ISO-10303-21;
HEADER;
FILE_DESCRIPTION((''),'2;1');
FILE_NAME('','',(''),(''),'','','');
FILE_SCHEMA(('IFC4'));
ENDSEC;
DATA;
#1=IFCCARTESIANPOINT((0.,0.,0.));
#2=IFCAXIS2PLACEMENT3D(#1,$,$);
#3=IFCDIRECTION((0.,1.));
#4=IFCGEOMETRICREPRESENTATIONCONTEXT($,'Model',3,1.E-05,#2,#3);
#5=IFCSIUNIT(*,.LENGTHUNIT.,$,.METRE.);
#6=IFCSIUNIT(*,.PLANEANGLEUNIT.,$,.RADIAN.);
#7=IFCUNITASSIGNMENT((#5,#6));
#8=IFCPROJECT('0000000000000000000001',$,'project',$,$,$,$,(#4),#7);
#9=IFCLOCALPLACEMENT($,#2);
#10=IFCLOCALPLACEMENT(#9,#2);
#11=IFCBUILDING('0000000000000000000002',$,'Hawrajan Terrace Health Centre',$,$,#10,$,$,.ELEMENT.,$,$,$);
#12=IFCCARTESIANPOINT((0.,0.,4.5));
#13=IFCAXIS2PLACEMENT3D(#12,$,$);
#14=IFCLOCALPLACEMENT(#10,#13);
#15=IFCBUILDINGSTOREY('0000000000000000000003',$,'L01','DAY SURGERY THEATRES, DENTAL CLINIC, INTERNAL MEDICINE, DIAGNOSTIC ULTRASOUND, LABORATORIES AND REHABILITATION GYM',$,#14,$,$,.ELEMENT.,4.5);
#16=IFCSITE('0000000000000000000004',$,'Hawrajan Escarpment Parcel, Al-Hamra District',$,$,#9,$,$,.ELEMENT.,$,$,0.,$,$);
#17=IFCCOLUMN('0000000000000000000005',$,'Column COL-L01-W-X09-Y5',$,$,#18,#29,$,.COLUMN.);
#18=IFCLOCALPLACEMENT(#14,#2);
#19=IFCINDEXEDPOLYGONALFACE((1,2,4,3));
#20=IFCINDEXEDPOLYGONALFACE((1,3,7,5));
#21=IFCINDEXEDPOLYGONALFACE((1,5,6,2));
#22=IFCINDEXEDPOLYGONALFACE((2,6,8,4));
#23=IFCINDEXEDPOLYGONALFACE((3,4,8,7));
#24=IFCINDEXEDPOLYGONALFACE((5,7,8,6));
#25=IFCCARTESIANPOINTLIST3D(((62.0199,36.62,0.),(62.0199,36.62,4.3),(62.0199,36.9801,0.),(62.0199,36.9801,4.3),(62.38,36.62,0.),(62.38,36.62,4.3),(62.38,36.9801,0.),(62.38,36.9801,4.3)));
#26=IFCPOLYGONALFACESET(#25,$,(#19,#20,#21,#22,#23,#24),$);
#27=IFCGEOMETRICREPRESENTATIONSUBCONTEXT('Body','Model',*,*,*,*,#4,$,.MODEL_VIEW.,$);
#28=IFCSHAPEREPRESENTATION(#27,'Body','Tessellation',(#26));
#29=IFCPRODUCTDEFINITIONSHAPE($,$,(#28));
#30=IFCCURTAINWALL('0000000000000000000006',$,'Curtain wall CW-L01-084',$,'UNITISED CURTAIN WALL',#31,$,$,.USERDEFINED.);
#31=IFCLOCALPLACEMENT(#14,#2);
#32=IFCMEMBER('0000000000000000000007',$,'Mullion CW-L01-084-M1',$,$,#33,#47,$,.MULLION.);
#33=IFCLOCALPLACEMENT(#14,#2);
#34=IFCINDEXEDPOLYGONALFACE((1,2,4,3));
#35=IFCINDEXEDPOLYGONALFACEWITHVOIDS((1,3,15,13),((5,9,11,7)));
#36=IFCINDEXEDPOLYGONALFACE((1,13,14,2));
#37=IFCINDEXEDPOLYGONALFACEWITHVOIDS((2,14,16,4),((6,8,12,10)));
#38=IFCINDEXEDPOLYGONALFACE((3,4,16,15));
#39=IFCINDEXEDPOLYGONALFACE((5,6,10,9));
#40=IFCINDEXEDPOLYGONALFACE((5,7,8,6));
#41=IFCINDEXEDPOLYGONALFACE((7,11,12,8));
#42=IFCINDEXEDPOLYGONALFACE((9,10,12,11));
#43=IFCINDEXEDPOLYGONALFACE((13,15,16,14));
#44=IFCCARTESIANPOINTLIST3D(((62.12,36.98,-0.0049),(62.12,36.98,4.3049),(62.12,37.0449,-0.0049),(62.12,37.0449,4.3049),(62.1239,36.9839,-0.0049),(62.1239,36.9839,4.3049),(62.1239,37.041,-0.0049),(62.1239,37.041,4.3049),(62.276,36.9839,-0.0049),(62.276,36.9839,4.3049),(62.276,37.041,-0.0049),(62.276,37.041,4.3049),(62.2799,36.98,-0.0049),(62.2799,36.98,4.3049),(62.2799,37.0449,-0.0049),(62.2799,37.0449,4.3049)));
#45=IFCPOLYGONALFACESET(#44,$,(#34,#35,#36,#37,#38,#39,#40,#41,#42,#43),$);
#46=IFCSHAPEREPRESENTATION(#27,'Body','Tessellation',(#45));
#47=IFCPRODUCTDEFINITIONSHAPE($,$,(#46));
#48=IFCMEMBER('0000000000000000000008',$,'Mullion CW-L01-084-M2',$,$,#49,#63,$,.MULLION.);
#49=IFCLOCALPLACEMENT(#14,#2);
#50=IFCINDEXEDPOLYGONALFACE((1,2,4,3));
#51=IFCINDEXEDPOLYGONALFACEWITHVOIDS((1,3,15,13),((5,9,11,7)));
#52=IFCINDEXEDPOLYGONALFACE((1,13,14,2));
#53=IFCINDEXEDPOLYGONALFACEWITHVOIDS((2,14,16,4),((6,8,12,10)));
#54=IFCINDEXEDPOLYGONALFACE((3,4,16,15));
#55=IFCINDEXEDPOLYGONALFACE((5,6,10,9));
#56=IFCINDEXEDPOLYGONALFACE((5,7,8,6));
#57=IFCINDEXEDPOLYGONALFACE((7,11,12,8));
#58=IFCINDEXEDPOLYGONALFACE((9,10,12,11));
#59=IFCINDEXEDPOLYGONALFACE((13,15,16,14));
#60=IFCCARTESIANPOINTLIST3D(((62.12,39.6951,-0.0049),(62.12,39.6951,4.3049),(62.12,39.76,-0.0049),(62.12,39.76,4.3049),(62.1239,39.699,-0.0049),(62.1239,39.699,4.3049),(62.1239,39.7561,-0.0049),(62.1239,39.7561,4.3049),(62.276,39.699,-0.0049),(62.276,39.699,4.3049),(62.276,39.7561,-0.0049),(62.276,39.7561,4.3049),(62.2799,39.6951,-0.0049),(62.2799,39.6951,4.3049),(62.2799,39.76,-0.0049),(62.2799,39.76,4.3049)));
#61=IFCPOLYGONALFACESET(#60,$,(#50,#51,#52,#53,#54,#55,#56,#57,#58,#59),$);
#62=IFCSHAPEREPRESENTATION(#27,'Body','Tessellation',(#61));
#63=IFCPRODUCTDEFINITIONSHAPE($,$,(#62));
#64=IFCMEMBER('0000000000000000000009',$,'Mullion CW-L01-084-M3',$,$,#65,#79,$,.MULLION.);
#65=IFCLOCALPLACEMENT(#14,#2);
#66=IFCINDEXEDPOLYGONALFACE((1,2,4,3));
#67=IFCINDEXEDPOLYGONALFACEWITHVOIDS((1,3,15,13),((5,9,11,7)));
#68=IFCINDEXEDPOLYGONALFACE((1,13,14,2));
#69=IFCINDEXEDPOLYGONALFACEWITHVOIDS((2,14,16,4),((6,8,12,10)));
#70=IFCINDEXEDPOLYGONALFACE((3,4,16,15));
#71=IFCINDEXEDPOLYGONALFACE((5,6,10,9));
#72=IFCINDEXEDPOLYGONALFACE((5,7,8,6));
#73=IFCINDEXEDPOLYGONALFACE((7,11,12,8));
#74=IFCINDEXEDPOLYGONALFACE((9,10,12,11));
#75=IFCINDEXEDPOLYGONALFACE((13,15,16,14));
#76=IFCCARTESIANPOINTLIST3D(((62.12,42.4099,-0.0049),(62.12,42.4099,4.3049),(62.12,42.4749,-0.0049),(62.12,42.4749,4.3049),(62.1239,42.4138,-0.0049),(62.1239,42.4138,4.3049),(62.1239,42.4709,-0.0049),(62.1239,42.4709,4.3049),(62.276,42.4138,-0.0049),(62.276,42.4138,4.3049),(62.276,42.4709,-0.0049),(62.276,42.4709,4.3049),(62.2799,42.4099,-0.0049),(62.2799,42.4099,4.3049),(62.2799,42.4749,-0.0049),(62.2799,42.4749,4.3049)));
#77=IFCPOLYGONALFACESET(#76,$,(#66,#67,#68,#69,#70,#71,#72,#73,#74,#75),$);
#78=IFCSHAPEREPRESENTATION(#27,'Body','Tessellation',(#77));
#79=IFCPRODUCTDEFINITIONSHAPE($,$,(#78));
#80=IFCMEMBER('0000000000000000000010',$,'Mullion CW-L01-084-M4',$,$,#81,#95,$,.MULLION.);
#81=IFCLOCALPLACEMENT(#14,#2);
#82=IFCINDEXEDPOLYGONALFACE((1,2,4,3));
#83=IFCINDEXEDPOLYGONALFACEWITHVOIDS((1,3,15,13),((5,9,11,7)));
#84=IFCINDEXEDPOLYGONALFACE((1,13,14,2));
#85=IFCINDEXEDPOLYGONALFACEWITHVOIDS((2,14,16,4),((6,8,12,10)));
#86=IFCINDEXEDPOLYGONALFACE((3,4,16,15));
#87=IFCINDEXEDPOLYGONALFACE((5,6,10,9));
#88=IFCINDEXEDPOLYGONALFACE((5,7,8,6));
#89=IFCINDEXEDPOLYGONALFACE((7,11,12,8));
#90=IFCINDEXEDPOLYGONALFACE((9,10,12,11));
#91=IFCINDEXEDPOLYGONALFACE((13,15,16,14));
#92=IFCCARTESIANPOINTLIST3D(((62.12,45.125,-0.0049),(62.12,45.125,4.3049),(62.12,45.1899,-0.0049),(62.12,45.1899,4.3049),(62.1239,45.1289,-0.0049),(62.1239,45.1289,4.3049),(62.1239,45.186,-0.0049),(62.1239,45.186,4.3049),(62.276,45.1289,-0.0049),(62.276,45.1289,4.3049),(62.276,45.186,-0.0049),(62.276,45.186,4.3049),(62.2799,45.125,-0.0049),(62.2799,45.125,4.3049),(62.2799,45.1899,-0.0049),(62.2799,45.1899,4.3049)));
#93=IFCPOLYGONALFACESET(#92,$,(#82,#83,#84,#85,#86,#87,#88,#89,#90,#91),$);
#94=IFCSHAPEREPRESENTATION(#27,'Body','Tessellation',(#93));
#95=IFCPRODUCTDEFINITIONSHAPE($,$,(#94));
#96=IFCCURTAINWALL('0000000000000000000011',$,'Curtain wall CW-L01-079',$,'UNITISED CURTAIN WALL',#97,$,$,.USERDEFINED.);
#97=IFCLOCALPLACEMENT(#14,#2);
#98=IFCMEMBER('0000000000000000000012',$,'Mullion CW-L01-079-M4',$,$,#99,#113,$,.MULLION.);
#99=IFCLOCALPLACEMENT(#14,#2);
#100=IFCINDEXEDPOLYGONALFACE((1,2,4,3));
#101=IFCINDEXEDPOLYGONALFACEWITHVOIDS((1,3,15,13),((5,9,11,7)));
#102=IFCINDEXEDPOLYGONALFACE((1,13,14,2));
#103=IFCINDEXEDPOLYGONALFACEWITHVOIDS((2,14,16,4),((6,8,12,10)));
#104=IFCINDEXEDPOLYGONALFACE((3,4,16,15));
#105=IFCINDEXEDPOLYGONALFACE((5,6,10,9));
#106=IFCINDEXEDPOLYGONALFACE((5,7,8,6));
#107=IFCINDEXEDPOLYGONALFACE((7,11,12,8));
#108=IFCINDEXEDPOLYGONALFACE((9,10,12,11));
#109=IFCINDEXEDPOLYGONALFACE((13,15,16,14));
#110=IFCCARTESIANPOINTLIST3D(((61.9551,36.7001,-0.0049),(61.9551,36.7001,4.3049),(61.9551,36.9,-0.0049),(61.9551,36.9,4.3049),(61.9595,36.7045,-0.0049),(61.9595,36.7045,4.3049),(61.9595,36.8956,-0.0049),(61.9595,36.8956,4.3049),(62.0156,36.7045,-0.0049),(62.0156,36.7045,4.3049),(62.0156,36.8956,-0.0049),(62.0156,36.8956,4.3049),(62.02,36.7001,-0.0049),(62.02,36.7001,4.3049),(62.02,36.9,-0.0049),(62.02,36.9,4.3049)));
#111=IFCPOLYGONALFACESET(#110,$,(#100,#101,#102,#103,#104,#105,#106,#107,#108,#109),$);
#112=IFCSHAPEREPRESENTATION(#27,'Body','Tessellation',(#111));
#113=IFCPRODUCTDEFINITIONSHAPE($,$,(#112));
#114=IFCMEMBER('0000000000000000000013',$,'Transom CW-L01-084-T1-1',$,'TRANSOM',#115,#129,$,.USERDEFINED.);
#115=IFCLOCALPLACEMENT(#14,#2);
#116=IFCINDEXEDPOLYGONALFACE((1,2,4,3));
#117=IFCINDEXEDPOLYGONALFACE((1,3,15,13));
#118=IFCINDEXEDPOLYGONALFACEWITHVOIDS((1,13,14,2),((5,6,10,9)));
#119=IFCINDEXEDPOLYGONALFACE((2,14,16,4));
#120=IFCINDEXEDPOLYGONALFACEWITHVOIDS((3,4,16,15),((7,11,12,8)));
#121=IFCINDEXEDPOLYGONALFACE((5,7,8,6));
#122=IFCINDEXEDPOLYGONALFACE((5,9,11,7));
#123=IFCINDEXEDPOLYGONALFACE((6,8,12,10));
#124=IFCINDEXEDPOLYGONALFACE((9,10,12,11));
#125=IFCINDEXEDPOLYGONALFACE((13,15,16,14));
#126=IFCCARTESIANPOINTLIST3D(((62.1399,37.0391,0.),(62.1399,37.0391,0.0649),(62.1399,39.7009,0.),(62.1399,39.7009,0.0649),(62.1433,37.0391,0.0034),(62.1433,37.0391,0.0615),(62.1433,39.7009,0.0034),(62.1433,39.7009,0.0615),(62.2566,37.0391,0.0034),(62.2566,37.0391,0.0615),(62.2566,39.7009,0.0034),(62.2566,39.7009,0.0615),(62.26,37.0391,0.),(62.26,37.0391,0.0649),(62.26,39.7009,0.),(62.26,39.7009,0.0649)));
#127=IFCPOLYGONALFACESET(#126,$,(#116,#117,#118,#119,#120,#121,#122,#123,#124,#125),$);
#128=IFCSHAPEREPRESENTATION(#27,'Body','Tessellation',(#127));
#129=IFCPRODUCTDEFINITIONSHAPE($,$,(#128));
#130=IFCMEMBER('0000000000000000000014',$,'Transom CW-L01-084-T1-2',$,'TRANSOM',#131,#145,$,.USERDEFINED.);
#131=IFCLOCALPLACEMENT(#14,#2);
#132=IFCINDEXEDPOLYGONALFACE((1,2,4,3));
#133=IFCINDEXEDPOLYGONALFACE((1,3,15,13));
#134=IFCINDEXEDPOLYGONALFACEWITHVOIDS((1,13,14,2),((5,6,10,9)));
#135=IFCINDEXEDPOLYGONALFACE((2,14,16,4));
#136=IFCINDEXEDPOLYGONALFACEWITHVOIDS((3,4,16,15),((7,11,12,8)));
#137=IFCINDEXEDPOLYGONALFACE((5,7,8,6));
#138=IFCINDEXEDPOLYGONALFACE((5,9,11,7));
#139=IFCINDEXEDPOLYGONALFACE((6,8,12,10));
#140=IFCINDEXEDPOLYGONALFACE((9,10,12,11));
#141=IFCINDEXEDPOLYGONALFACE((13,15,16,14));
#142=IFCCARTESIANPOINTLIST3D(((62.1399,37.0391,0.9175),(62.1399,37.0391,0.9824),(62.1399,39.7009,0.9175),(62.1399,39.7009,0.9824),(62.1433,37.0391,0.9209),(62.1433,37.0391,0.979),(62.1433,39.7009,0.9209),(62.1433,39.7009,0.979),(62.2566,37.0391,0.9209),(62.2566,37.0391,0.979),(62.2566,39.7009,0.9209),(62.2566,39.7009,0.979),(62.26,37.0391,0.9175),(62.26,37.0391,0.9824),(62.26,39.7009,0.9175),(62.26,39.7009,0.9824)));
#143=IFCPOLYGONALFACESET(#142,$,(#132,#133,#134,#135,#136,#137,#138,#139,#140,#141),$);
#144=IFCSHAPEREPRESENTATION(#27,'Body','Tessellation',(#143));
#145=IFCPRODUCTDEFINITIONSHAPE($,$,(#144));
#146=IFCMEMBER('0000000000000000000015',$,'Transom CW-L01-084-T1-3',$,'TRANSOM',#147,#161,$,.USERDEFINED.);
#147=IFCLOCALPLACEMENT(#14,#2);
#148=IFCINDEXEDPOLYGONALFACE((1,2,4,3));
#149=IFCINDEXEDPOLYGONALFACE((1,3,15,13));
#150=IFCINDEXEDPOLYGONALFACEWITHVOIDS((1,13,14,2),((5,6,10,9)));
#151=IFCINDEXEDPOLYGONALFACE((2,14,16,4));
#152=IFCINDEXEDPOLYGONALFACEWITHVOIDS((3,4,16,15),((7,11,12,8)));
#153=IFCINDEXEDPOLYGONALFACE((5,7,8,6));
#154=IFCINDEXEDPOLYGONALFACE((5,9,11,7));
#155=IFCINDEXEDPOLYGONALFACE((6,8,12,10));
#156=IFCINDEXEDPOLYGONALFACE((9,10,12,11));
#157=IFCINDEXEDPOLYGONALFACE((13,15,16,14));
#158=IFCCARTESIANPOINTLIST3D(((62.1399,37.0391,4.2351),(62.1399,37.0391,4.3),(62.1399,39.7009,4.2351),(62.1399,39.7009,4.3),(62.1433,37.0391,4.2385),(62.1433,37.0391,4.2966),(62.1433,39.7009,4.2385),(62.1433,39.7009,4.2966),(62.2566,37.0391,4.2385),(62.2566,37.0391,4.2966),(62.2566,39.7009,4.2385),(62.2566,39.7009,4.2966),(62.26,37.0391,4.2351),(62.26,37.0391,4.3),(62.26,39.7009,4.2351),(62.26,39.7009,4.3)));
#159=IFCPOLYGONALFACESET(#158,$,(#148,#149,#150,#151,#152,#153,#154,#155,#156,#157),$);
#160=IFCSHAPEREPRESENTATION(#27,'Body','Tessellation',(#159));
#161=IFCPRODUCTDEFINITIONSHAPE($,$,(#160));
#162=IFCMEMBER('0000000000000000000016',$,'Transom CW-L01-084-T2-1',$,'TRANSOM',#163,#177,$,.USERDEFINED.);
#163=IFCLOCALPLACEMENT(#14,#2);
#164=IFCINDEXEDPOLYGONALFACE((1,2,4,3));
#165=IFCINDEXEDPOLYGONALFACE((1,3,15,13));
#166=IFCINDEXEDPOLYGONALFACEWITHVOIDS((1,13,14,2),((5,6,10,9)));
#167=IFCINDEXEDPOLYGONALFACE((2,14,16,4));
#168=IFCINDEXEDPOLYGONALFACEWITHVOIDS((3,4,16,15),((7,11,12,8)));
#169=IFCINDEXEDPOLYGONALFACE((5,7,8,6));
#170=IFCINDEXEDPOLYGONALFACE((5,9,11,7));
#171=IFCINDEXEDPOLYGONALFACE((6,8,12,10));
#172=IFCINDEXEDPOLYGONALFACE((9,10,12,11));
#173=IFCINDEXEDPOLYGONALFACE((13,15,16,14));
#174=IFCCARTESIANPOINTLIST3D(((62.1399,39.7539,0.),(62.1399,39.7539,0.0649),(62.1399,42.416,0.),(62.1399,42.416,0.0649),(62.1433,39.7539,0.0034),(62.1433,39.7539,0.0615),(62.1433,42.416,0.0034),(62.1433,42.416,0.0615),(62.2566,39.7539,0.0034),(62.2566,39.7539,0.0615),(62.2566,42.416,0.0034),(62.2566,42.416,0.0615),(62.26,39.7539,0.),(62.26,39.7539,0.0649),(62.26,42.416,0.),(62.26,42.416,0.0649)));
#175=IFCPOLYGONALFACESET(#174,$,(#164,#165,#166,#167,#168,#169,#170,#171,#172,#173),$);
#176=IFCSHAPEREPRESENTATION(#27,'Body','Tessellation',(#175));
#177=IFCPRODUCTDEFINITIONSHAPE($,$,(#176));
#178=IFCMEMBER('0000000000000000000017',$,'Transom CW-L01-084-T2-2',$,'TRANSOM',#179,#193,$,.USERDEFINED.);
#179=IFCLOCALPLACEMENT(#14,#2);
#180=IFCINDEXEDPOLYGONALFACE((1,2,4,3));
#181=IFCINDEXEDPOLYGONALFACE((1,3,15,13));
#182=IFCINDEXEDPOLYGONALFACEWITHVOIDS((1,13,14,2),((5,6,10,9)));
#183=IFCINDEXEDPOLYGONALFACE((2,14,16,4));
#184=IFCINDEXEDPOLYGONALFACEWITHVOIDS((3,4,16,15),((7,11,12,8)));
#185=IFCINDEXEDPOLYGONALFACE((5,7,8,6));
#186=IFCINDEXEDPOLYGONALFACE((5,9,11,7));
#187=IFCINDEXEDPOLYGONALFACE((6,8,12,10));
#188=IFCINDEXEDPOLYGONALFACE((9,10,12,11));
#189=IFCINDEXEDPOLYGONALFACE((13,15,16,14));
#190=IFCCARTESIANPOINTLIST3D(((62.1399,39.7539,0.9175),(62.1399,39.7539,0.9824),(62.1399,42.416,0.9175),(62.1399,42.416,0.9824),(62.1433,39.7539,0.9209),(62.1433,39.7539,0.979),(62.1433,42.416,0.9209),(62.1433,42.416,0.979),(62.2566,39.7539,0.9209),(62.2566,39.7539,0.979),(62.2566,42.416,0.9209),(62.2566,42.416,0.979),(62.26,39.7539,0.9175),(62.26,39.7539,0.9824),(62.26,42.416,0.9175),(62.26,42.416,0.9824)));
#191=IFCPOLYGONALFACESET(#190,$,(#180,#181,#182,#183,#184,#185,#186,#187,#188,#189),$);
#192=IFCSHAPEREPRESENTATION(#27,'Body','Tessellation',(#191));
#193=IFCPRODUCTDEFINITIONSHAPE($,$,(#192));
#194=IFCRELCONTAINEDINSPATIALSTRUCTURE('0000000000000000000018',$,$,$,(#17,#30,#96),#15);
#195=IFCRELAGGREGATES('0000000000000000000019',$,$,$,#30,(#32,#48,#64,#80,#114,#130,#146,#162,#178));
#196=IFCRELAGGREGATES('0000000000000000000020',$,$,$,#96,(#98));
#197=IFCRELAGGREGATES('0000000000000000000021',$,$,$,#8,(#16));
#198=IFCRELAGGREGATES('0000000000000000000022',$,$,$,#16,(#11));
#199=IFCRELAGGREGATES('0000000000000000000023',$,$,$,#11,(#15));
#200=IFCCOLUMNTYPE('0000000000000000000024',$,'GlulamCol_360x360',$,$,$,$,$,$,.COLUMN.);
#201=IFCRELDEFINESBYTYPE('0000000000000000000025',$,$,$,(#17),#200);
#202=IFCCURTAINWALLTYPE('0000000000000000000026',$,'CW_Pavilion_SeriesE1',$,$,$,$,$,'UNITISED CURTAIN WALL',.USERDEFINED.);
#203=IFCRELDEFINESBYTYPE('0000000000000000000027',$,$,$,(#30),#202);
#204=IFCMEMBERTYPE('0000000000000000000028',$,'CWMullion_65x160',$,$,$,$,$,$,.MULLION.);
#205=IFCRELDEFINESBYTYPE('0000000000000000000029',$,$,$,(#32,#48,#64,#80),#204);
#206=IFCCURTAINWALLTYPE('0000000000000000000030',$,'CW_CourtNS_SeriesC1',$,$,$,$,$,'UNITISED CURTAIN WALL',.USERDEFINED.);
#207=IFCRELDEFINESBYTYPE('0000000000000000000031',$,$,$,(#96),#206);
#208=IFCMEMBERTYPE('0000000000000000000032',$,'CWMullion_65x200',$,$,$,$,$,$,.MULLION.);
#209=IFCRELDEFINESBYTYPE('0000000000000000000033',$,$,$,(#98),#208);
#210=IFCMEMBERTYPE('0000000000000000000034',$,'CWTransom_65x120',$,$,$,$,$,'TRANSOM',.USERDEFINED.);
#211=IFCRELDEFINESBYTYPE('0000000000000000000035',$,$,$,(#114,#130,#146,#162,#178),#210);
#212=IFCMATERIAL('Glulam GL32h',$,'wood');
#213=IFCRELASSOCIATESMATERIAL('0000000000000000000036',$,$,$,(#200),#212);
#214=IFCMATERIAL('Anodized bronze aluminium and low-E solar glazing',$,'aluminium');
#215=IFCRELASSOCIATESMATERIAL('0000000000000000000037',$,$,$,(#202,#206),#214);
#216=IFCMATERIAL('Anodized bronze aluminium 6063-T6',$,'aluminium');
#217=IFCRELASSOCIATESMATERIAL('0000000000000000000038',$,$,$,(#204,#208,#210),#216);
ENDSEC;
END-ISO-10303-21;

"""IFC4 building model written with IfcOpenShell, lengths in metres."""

from ifc_helpers import new_model, si_unit, direction, frame, origin, origin_2d, place, context, subcontext, project, spatial, rectangle, hollow_rectangle, extrude, material, material_profile, profile_set, type_object, element, aggregate, save


model = new_model("IFC4")

# Units and contexts
model_context = context("Model", 3, precision=1e-05, world=origin(), true_north=direction((0.0, 1.0)))
body_context = subcontext(model_context, "Body", "Model", "MODEL_VIEW")
ifc_project = project(units=[si_unit("LENGTHUNIT", "METRE"), si_unit("PLANEANGLEUNIT", "RADIAN")], contexts=[model_context])

# Site, building, storey
site_placement = place(None, origin())
site = spatial("IfcSite", under=ifc_project, at=site_placement, Name="Hawrajan Escarpment Parcel, Al-Hamra District", CompositionType="ELEMENT", RefElevation=0.0)
building_placement = place(site_placement, origin())
building = spatial("IfcBuilding", under=site, at=building_placement, Name="Hawrajan Terrace Health Centre", CompositionType="ELEMENT")
storey_placement = place(building_placement, frame((0.0, 0.0, 4.5)))
storey = spatial("IfcBuildingStorey", under=building, at=storey_placement, Name="L01", Description="DAY SURGERY THEATRES, DENTAL CLINIC, INTERNAL MEDICINE, DIAGNOSTIC ULTRASOUND, LABORATORIES AND REHABILITATION GYM", CompositionType="ELEMENT", Elevation=4.5)

# Column
ifc_material_1 = material(Name="Glulam GL32h", Category="wood")
ifc_material_profile_1 = material_profile(ifc_material_1, rectangle(XDim=0.3601, YDim=0.3601, at=origin_2d()), Name="GL 360x360")
ifc_profile_set_1 = profile_set([ifc_material_profile_1], Name="Glulam GL32h")
column_type = type_object("IfcColumnType", Name="GlulamCol_360x360", PredefinedType="COLUMN", material=ifc_profile_set_1)
column_placement = place(storey_placement, frame((62.2, 36.8, 0.0), z_axis=(0.0, 0.0, 1.0), x_axis=(1.0, 0.0, 0.0)))
element("IfcColumn", 1, at=column_placement, inside=storey, type_object=column_type, Name="Column COL-L01-W-X09-Y5", PredefinedType="COLUMN", context=body_context, shape_type="SweptSolid", body=[
    extrude(rectangle(XDim=0.3601, YDim=0.3601, at=origin_2d()), origin(), (0.0, 0.0, 1.0), 4.3),
])

# Curtain wall, members
ifc_material_2 = material(Name="Anodized bronze aluminium and low-E solar glazing", Category="aluminium")
curtain_wall_type_1 = type_object("IfcCurtainWallType", Name="CW_Pavilion_SeriesE1", ElementType="UNITISED CURTAIN WALL", PredefinedType="USERDEFINED", material=ifc_material_2)
curtain_wall_1_placement = place(storey_placement, origin())
curtain_wall_1 = element("IfcCurtainWall", 2, at=curtain_wall_1_placement, inside=storey, type_object=curtain_wall_type_1, Name="Curtain wall CW-L01-084", ObjectType="UNITISED CURTAIN WALL", PredefinedType="USERDEFINED")
ifc_material_3 = material(Name="Anodized bronze aluminium 6063-T6", Category="aluminium")
ifc_material_profile_2 = material_profile(ifc_material_3, hollow_rectangle(XDim=0.0649, YDim=0.1599, WallThickness=0.0039, at=origin_2d()), Name="CW MUL 65x160")
ifc_profile_set_2 = profile_set([ifc_material_profile_2], Name="Anodized bronze aluminium 6063-T6")
member_type_1 = type_object("IfcMemberType", Name="CWMullion_65x160", PredefinedType="MULLION", material=ifc_profile_set_2)
member_1_placement = place(storey_placement, frame((62.2, 37.0125, -0.0049), z_axis=(0.0, 0.0, 1.0), x_axis=(0.0, 1.0, 0.0)))
member_1 = element("IfcMember", 3, at=member_1_placement, type_object=member_type_1, Name="Mullion CW-L01-084-M1", PredefinedType="MULLION", context=body_context, shape_type="SweptSolid", body=[
    extrude(hollow_rectangle(XDim=0.0649, YDim=0.1599, WallThickness=0.0039, at=origin_2d()), origin(), (0.0, 0.0, 1.0), 4.3098),
])
member_2_placement = place(storey_placement, frame((62.2, 39.7275, -0.0049), z_axis=(0.0, 0.0, 1.0), x_axis=(0.0, 1.0, 0.0)))
member_2 = element("IfcMember", 4, at=member_2_placement, type_object=member_type_1, Name="Mullion CW-L01-084-M2", PredefinedType="MULLION", context=body_context, shape_type="SweptSolid", body=[
    extrude(hollow_rectangle(XDim=0.0649, YDim=0.1599, WallThickness=0.0039, at=origin_2d()), origin(), (0.0, 0.0, 1.0), 4.3098),
])
member_3_placement = place(storey_placement, frame((62.2, 42.4424, -0.0049), z_axis=(0.0, 0.0, 1.0), x_axis=(0.0, 1.0, 0.0)))
member_3 = element("IfcMember", 5, at=member_3_placement, type_object=member_type_1, Name="Mullion CW-L01-084-M3", PredefinedType="MULLION", context=body_context, shape_type="SweptSolid", body=[
    extrude(hollow_rectangle(XDim=0.0649, YDim=0.1599, WallThickness=0.0039, at=origin_2d()), origin(), (0.0, 0.0, 1.0), 4.3098),
])
member_4_placement = place(storey_placement, frame((62.2, 45.1575, -0.0049), z_axis=(0.0, 0.0, 1.0), x_axis=(0.0, 1.0, 0.0)))
member_4 = element("IfcMember", 6, at=member_4_placement, type_object=member_type_1, Name="Mullion CW-L01-084-M4", PredefinedType="MULLION", context=body_context, shape_type="SweptSolid", body=[
    extrude(hollow_rectangle(XDim=0.0649, YDim=0.1599, WallThickness=0.0039, at=origin_2d()), origin(), (0.0, 0.0, 1.0), 4.3098),
])

# Curtain wall, member
curtain_wall_type_2 = type_object("IfcCurtainWallType", Name="CW_CourtNS_SeriesC1", ElementType="UNITISED CURTAIN WALL", PredefinedType="USERDEFINED", material=ifc_material_2)
curtain_wall_2_placement = place(storey_placement, origin())
curtain_wall_2 = element("IfcCurtainWall", 7, at=curtain_wall_2_placement, inside=storey, type_object=curtain_wall_type_2, Name="Curtain wall CW-L01-079", ObjectType="UNITISED CURTAIN WALL", PredefinedType="USERDEFINED")
ifc_material_profile_3 = material_profile(ifc_material_3, hollow_rectangle(XDim=0.0649, YDim=0.2, WallThickness=0.0044, at=origin_2d()), Name="CW MUL 65x200")
ifc_profile_set_3 = profile_set([ifc_material_profile_3], Name="Anodized bronze aluminium 6063-T6")
member_type_2 = type_object("IfcMemberType", Name="CWMullion_65x200", PredefinedType="MULLION", material=ifc_profile_set_3)
member_5_placement = place(storey_placement, frame((61.9875, 36.8, -0.0049), z_axis=(0.0, 0.0, 1.0), x_axis=(1.0, 0.0, 0.0)))
member_5 = element("IfcMember", 8, at=member_5_placement, type_object=member_type_2, Name="Mullion CW-L01-079-M4", PredefinedType="MULLION", context=body_context, shape_type="SweptSolid", body=[
    extrude(hollow_rectangle(XDim=0.0649, YDim=0.2, WallThickness=0.0044, at=origin_2d()), origin(), (0.0, 0.0, 1.0), 4.3098),
])

# Members
ifc_material_profile_4 = material_profile(ifc_material_3, hollow_rectangle(XDim=0.0649, YDim=0.1201, WallThickness=0.0034, at=origin_2d()), Name="CW TRN 65x120")
ifc_profile_set_4 = profile_set([ifc_material_profile_4], Name="Anodized bronze aluminium 6063-T6")
member_type_3 = type_object("IfcMemberType", Name="CWTransom_65x120", ElementType="TRANSOM", PredefinedType="USERDEFINED", material=ifc_profile_set_4)
member_6_placement = place(storey_placement, frame((62.2, 37.0391, 0.0325), z_axis=(0.0, 1.0, 0.0), x_axis=(0.0, 0.0, 1.0)))
member_6 = element("IfcMember", 9, at=member_6_placement, type_object=member_type_3, Name="Transom CW-L01-084-T1-1", ObjectType="TRANSOM", PredefinedType="USERDEFINED", context=body_context, shape_type="SweptSolid", body=[
    extrude(hollow_rectangle(XDim=0.0649, YDim=0.1201, WallThickness=0.0034, at=origin_2d()), origin(), (0.0, 0.0, 1.0), 2.6619),
])
member_7_placement = place(storey_placement, frame((62.2, 37.0391, 0.95), z_axis=(0.0, 1.0, 0.0), x_axis=(0.0, 0.0, 1.0)))
member_7 = element("IfcMember", 10, at=member_7_placement, type_object=member_type_3, Name="Transom CW-L01-084-T1-2", ObjectType="TRANSOM", PredefinedType="USERDEFINED", context=body_context, shape_type="SweptSolid", body=[
    extrude(hollow_rectangle(XDim=0.0649, YDim=0.1201, WallThickness=0.0034, at=origin_2d()), origin(), (0.0, 0.0, 1.0), 2.6619),
])
member_8_placement = place(storey_placement, frame((62.2, 37.0391, 4.2676), z_axis=(0.0, 1.0, 0.0), x_axis=(0.0, 0.0, 1.0)))
member_8 = element("IfcMember", 11, at=member_8_placement, type_object=member_type_3, Name="Transom CW-L01-084-T1-3", ObjectType="TRANSOM", PredefinedType="USERDEFINED", context=body_context, shape_type="SweptSolid", body=[
    extrude(hollow_rectangle(XDim=0.0649, YDim=0.1201, WallThickness=0.0034, at=origin_2d()), origin(), (0.0, 0.0, 1.0), 2.6619),
])
member_9_placement = place(storey_placement, frame((62.2, 39.7539, 0.0325), z_axis=(0.0, 1.0, 0.0), x_axis=(0.0, 0.0, 1.0)))
member_9 = element("IfcMember", 12, at=member_9_placement, type_object=member_type_3, Name="Transom CW-L01-084-T2-1", ObjectType="TRANSOM", PredefinedType="USERDEFINED", context=body_context, shape_type="SweptSolid", body=[
    extrude(hollow_rectangle(XDim=0.0649, YDim=0.1201, WallThickness=0.0034, at=origin_2d()), origin(), (0.0, 0.0, 1.0), 2.6621),
])
member_10_placement = place(storey_placement, frame((62.2, 39.7539, 0.95), z_axis=(0.0, 1.0, 0.0), x_axis=(0.0, 0.0, 1.0)))
member_10 = element("IfcMember", 13, at=member_10_placement, type_object=member_type_3, Name="Transom CW-L01-084-T2-2", ObjectType="TRANSOM", PredefinedType="USERDEFINED", context=body_context, shape_type="SweptSolid", body=[
    extrude(hollow_rectangle(XDim=0.0649, YDim=0.1201, WallThickness=0.0034, at=origin_2d()), origin(), (0.0, 0.0, 1.0), 2.6621),
])

aggregate(curtain_wall_1, [member_1, member_2, member_3, member_4, member_6, member_7, member_8, member_9, member_10])
aggregate(curtain_wall_2, [member_5])

save(model, "model.ifc")
